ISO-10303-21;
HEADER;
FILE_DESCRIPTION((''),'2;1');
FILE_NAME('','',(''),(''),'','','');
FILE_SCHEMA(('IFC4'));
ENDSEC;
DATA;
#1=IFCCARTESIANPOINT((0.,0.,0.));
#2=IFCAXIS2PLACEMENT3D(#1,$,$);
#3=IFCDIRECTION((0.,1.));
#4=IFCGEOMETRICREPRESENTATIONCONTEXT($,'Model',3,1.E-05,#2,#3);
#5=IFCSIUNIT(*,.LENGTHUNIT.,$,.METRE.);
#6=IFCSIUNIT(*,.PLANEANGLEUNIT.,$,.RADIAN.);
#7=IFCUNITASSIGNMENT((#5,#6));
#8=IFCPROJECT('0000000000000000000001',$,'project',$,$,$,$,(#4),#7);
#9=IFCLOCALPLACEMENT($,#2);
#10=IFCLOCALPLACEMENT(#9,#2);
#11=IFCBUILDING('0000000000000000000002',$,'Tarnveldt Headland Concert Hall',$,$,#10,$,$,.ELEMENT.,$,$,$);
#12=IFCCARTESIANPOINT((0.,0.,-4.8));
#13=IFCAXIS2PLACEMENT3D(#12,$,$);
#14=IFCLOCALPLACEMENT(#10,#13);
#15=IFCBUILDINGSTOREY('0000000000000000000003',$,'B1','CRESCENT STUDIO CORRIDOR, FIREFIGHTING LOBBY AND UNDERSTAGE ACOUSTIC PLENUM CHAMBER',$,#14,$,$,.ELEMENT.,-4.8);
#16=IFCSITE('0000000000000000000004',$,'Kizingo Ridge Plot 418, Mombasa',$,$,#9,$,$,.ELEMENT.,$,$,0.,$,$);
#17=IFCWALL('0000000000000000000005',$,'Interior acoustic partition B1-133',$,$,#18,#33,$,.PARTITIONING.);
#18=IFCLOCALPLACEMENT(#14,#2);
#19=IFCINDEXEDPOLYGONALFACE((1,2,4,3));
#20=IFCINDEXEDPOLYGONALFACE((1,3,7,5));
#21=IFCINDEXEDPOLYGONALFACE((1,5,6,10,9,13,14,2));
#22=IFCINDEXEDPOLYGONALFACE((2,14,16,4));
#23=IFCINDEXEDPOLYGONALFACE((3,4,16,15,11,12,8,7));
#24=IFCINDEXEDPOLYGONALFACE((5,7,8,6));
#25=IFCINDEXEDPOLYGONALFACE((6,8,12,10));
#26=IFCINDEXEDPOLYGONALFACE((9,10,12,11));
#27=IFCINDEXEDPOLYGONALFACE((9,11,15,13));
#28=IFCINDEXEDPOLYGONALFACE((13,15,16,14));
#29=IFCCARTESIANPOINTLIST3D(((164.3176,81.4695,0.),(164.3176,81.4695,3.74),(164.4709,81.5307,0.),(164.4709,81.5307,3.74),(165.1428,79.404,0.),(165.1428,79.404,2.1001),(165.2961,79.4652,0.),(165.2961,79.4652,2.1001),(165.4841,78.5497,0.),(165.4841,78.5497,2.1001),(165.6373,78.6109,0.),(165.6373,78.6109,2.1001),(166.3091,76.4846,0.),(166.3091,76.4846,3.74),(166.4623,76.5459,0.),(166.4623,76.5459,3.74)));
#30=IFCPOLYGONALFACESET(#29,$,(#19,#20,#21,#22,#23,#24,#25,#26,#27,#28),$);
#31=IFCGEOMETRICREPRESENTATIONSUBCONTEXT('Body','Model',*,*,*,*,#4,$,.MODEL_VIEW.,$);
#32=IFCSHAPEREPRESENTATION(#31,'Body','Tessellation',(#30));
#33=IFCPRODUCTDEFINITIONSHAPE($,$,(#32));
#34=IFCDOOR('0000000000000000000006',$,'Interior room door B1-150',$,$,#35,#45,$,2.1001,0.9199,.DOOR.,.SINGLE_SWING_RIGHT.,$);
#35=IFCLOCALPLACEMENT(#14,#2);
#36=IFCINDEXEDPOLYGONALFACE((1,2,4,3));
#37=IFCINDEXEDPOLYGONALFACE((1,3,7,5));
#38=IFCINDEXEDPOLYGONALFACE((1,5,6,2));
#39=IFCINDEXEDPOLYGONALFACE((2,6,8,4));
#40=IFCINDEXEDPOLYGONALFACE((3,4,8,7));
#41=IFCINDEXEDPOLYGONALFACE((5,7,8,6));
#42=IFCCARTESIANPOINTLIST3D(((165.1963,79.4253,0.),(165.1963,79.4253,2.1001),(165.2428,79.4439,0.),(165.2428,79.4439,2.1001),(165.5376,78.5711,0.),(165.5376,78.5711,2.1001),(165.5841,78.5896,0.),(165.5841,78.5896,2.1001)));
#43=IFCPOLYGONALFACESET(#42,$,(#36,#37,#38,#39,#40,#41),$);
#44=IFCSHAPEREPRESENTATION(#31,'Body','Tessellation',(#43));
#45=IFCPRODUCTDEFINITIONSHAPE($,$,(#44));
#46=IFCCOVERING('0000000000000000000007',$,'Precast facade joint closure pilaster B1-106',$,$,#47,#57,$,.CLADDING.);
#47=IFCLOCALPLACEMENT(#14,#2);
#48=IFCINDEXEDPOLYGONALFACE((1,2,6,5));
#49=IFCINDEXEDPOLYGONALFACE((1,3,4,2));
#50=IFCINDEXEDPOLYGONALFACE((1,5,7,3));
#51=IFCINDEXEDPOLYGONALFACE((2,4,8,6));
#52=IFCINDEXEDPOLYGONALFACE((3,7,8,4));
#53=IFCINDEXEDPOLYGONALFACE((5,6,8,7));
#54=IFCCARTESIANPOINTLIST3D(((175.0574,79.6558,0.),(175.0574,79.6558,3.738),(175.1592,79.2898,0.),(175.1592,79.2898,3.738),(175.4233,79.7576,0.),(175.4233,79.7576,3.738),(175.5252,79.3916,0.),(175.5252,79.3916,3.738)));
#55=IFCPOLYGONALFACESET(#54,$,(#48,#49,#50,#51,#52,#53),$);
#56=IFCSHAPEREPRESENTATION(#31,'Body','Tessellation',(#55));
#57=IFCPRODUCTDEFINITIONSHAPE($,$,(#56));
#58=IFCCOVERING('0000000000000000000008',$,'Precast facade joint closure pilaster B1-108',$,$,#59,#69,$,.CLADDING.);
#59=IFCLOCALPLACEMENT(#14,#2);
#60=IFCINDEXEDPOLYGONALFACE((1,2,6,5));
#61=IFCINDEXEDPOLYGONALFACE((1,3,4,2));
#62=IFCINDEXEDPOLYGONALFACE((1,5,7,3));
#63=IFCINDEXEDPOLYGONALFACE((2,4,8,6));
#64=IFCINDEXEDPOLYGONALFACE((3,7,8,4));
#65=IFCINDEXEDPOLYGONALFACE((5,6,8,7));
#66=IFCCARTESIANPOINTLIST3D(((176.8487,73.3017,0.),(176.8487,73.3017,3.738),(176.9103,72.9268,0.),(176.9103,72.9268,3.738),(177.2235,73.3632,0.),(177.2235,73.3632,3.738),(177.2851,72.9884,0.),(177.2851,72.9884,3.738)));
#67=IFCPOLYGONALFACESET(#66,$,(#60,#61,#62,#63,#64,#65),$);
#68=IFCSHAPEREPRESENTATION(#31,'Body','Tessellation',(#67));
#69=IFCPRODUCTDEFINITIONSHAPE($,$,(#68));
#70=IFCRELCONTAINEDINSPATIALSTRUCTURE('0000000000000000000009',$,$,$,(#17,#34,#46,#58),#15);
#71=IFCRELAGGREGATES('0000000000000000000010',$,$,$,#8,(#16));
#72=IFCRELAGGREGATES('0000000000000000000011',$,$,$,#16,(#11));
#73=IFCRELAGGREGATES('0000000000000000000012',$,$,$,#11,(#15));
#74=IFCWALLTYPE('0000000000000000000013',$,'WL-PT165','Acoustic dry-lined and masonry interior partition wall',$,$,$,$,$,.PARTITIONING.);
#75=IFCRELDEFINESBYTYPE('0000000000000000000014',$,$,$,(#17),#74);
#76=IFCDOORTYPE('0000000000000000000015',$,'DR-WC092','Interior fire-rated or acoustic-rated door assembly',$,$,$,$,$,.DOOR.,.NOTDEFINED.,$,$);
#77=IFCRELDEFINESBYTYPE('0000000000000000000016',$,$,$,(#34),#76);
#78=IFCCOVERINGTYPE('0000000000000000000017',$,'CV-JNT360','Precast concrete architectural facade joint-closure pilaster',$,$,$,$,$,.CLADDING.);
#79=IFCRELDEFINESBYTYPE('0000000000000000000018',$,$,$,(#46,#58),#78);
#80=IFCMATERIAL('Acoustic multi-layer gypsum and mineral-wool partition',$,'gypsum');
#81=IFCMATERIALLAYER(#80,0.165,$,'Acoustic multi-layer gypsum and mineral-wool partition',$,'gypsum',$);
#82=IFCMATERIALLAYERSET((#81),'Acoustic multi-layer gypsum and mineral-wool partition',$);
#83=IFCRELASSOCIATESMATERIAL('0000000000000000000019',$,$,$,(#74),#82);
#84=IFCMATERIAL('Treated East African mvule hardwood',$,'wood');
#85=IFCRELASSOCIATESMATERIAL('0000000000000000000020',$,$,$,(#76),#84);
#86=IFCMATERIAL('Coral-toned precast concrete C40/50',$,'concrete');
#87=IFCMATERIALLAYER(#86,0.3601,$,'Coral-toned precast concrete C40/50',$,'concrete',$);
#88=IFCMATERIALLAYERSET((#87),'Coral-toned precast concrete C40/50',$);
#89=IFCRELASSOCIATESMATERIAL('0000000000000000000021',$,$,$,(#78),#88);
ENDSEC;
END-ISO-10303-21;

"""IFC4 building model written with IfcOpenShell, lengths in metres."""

from ifc_helpers import new_model, si_unit, direction, frame, frame_2d, origin, origin_2d, place, context, subcontext, project, spatial, rectangle, extrude, material, layer, layer_set, type_object, element, fill, save


model = new_model("IFC4")

# Units and contexts
model_context = context("Model", 3, precision=1e-05, world=origin(), true_north=direction((0.0, 1.0)))
body_context = subcontext(model_context, "Body", "Model", "MODEL_VIEW")
ifc_project = project(units=[si_unit("LENGTHUNIT", "METRE"), si_unit("PLANEANGLEUNIT", "RADIAN")], contexts=[model_context])

# Site, building, storey
site_placement = place(None, origin())
site = spatial("IfcSite", under=ifc_project, at=site_placement, Name="Kizingo Ridge Plot 418, Mombasa", CompositionType="ELEMENT", RefElevation=0.0)
building_placement = place(site_placement, origin())
building = spatial("IfcBuilding", under=site, at=building_placement, Name="Tarnveldt Headland Concert Hall", CompositionType="ELEMENT")
storey_placement = place(building_placement, frame((0.0, 0.0, -4.8)))
storey = spatial("IfcBuildingStorey", under=building, at=storey_placement, Name="B1", Description="CRESCENT STUDIO CORRIDOR, FIREFIGHTING LOBBY AND UNDERSTAGE ACOUSTIC PLENUM CHAMBER", CompositionType="ELEMENT", Elevation=-4.8)

# Shared definitions
ifc_material_1 = material(Name="Coral-toned precast concrete C40/50", Category="concrete")
ifc_material_2 = material(Name="Acoustic multi-layer gypsum and mineral-wool partition", Category="gypsum")

# Wall, opening, door
ifc_layer_1 = layer(ifc_material_2, 0.165, Name="Acoustic multi-layer gypsum and mineral-wool partition", Category="gypsum")
ifc_layer_set_1 = layer_set([ifc_layer_1], Name="Acoustic multi-layer gypsum and mineral-wool partition")
wall_type_1 = type_object("IfcWallType", Name="WL-PT165", Description="Acoustic dry-lined and masonry interior partition wall", PredefinedType="PARTITIONING", material=ifc_layer_set_1)
wall_1_placement = place(storey_placement, frame((166.3857, 76.5151, 0.0), z_axis=(0.0, 0.0, 1.0), x_axis=(-0.370991, 0.928637, 0.0)))
wall_1 = element("IfcWall", 1, at=wall_1_placement, inside=storey, type_object=wall_type_1, Name="Interior acoustic partition B1-133", PredefinedType="PARTITIONING", context=body_context, shape_type="SweptSolid", body=[
    extrude(rectangle(XDim=5.3679, YDim=0.165, at=frame_2d((2.6841, 0.0))), origin(), (0.0, 0.0, 1.0), 3.74),
])
opening_placement = place(wall_1_placement, frame((2.2239, 0.0, 0.0)))
opening = element("IfcOpeningElement", 2, at=opening_placement, cuts=wall_1, PredefinedType="OPENING", context=body_context, shape_type="SweptSolid", body=[
    extrude(rectangle(XDim=0.9199, YDim=2.1001, at=frame_2d((0.46, 1.05))), frame((0.0, 0.0925, 0.0), z_axis=(0.0, -1.0, 0.0), x_axis=(1.0, 0.0, 0.0)), (0.0, 0.0, 1.0), 0.1851),
])
ifc_material_3 = material(Name="Treated East African mvule hardwood", Category="wood")
door_type = type_object("IfcDoorType", Name="DR-WC092", Description="Interior fire-rated or acoustic-rated door assembly", OperationType="NOTDEFINED", PredefinedType="DOOR", material=ifc_material_3)
door_placement = place(opening_placement, origin())
door = element("IfcDoor", 3, at=door_placement, inside=storey, type_object=door_type, Name="Interior room door B1-150", OperationType="SINGLE_SWING_RIGHT", OverallHeight=2.1001, OverallWidth=0.9199, PredefinedType="DOOR", context=body_context, shape_type="SweptSolid", body=[
    extrude(rectangle(XDim=0.9199, YDim=2.1001, at=frame_2d((0.46, 1.05))), frame((0.0, 0.0249, 0.0), z_axis=(0.0, -1.0, 0.0), x_axis=(1.0, 0.0, 0.0)), (0.0, 0.0, 1.0), 0.05),
])
fill(opening, door)

# Coverings
ifc_layer_2 = layer(ifc_material_1, 0.3601, Name="Coral-toned precast concrete C40/50", Category="concrete")
ifc_layer_set_2 = layer_set([ifc_layer_2], Name="Coral-toned precast concrete C40/50")
covering_type = type_object("IfcCoveringType", Name="CV-JNT360", Description="Precast concrete architectural facade joint-closure pilaster", PredefinedType="CLADDING", material=ifc_layer_set_2)
for number, where, z_axis, x_axis, name in (
    (4, (175.2913, 79.5237, 0.0), (0.0, 0.0, 1.0), (0.268079, -0.963397, 0.0), "Precast facade joint closure pilaster B1-106"),
    (5, (177.0669, 73.145, 0.0), (0.0, 0.0, 1.0), (0.162121, -0.986771, 0.0), "Precast facade joint closure pilaster B1-108"),
):
    element("IfcCovering", number, at=place(storey_placement, frame(where, z_axis=z_axis, x_axis=x_axis)), inside=storey, type_object=covering_type, Name=name, PredefinedType="CLADDING", context=body_context, shape_type="SweptSolid", body=[
        extrude(rectangle(XDim=0.3799, YDim=0.3799, at=origin_2d()), origin(), (0.0, 0.0, 1.0), 3.738),
    ])

save(model, "model.ifc")
